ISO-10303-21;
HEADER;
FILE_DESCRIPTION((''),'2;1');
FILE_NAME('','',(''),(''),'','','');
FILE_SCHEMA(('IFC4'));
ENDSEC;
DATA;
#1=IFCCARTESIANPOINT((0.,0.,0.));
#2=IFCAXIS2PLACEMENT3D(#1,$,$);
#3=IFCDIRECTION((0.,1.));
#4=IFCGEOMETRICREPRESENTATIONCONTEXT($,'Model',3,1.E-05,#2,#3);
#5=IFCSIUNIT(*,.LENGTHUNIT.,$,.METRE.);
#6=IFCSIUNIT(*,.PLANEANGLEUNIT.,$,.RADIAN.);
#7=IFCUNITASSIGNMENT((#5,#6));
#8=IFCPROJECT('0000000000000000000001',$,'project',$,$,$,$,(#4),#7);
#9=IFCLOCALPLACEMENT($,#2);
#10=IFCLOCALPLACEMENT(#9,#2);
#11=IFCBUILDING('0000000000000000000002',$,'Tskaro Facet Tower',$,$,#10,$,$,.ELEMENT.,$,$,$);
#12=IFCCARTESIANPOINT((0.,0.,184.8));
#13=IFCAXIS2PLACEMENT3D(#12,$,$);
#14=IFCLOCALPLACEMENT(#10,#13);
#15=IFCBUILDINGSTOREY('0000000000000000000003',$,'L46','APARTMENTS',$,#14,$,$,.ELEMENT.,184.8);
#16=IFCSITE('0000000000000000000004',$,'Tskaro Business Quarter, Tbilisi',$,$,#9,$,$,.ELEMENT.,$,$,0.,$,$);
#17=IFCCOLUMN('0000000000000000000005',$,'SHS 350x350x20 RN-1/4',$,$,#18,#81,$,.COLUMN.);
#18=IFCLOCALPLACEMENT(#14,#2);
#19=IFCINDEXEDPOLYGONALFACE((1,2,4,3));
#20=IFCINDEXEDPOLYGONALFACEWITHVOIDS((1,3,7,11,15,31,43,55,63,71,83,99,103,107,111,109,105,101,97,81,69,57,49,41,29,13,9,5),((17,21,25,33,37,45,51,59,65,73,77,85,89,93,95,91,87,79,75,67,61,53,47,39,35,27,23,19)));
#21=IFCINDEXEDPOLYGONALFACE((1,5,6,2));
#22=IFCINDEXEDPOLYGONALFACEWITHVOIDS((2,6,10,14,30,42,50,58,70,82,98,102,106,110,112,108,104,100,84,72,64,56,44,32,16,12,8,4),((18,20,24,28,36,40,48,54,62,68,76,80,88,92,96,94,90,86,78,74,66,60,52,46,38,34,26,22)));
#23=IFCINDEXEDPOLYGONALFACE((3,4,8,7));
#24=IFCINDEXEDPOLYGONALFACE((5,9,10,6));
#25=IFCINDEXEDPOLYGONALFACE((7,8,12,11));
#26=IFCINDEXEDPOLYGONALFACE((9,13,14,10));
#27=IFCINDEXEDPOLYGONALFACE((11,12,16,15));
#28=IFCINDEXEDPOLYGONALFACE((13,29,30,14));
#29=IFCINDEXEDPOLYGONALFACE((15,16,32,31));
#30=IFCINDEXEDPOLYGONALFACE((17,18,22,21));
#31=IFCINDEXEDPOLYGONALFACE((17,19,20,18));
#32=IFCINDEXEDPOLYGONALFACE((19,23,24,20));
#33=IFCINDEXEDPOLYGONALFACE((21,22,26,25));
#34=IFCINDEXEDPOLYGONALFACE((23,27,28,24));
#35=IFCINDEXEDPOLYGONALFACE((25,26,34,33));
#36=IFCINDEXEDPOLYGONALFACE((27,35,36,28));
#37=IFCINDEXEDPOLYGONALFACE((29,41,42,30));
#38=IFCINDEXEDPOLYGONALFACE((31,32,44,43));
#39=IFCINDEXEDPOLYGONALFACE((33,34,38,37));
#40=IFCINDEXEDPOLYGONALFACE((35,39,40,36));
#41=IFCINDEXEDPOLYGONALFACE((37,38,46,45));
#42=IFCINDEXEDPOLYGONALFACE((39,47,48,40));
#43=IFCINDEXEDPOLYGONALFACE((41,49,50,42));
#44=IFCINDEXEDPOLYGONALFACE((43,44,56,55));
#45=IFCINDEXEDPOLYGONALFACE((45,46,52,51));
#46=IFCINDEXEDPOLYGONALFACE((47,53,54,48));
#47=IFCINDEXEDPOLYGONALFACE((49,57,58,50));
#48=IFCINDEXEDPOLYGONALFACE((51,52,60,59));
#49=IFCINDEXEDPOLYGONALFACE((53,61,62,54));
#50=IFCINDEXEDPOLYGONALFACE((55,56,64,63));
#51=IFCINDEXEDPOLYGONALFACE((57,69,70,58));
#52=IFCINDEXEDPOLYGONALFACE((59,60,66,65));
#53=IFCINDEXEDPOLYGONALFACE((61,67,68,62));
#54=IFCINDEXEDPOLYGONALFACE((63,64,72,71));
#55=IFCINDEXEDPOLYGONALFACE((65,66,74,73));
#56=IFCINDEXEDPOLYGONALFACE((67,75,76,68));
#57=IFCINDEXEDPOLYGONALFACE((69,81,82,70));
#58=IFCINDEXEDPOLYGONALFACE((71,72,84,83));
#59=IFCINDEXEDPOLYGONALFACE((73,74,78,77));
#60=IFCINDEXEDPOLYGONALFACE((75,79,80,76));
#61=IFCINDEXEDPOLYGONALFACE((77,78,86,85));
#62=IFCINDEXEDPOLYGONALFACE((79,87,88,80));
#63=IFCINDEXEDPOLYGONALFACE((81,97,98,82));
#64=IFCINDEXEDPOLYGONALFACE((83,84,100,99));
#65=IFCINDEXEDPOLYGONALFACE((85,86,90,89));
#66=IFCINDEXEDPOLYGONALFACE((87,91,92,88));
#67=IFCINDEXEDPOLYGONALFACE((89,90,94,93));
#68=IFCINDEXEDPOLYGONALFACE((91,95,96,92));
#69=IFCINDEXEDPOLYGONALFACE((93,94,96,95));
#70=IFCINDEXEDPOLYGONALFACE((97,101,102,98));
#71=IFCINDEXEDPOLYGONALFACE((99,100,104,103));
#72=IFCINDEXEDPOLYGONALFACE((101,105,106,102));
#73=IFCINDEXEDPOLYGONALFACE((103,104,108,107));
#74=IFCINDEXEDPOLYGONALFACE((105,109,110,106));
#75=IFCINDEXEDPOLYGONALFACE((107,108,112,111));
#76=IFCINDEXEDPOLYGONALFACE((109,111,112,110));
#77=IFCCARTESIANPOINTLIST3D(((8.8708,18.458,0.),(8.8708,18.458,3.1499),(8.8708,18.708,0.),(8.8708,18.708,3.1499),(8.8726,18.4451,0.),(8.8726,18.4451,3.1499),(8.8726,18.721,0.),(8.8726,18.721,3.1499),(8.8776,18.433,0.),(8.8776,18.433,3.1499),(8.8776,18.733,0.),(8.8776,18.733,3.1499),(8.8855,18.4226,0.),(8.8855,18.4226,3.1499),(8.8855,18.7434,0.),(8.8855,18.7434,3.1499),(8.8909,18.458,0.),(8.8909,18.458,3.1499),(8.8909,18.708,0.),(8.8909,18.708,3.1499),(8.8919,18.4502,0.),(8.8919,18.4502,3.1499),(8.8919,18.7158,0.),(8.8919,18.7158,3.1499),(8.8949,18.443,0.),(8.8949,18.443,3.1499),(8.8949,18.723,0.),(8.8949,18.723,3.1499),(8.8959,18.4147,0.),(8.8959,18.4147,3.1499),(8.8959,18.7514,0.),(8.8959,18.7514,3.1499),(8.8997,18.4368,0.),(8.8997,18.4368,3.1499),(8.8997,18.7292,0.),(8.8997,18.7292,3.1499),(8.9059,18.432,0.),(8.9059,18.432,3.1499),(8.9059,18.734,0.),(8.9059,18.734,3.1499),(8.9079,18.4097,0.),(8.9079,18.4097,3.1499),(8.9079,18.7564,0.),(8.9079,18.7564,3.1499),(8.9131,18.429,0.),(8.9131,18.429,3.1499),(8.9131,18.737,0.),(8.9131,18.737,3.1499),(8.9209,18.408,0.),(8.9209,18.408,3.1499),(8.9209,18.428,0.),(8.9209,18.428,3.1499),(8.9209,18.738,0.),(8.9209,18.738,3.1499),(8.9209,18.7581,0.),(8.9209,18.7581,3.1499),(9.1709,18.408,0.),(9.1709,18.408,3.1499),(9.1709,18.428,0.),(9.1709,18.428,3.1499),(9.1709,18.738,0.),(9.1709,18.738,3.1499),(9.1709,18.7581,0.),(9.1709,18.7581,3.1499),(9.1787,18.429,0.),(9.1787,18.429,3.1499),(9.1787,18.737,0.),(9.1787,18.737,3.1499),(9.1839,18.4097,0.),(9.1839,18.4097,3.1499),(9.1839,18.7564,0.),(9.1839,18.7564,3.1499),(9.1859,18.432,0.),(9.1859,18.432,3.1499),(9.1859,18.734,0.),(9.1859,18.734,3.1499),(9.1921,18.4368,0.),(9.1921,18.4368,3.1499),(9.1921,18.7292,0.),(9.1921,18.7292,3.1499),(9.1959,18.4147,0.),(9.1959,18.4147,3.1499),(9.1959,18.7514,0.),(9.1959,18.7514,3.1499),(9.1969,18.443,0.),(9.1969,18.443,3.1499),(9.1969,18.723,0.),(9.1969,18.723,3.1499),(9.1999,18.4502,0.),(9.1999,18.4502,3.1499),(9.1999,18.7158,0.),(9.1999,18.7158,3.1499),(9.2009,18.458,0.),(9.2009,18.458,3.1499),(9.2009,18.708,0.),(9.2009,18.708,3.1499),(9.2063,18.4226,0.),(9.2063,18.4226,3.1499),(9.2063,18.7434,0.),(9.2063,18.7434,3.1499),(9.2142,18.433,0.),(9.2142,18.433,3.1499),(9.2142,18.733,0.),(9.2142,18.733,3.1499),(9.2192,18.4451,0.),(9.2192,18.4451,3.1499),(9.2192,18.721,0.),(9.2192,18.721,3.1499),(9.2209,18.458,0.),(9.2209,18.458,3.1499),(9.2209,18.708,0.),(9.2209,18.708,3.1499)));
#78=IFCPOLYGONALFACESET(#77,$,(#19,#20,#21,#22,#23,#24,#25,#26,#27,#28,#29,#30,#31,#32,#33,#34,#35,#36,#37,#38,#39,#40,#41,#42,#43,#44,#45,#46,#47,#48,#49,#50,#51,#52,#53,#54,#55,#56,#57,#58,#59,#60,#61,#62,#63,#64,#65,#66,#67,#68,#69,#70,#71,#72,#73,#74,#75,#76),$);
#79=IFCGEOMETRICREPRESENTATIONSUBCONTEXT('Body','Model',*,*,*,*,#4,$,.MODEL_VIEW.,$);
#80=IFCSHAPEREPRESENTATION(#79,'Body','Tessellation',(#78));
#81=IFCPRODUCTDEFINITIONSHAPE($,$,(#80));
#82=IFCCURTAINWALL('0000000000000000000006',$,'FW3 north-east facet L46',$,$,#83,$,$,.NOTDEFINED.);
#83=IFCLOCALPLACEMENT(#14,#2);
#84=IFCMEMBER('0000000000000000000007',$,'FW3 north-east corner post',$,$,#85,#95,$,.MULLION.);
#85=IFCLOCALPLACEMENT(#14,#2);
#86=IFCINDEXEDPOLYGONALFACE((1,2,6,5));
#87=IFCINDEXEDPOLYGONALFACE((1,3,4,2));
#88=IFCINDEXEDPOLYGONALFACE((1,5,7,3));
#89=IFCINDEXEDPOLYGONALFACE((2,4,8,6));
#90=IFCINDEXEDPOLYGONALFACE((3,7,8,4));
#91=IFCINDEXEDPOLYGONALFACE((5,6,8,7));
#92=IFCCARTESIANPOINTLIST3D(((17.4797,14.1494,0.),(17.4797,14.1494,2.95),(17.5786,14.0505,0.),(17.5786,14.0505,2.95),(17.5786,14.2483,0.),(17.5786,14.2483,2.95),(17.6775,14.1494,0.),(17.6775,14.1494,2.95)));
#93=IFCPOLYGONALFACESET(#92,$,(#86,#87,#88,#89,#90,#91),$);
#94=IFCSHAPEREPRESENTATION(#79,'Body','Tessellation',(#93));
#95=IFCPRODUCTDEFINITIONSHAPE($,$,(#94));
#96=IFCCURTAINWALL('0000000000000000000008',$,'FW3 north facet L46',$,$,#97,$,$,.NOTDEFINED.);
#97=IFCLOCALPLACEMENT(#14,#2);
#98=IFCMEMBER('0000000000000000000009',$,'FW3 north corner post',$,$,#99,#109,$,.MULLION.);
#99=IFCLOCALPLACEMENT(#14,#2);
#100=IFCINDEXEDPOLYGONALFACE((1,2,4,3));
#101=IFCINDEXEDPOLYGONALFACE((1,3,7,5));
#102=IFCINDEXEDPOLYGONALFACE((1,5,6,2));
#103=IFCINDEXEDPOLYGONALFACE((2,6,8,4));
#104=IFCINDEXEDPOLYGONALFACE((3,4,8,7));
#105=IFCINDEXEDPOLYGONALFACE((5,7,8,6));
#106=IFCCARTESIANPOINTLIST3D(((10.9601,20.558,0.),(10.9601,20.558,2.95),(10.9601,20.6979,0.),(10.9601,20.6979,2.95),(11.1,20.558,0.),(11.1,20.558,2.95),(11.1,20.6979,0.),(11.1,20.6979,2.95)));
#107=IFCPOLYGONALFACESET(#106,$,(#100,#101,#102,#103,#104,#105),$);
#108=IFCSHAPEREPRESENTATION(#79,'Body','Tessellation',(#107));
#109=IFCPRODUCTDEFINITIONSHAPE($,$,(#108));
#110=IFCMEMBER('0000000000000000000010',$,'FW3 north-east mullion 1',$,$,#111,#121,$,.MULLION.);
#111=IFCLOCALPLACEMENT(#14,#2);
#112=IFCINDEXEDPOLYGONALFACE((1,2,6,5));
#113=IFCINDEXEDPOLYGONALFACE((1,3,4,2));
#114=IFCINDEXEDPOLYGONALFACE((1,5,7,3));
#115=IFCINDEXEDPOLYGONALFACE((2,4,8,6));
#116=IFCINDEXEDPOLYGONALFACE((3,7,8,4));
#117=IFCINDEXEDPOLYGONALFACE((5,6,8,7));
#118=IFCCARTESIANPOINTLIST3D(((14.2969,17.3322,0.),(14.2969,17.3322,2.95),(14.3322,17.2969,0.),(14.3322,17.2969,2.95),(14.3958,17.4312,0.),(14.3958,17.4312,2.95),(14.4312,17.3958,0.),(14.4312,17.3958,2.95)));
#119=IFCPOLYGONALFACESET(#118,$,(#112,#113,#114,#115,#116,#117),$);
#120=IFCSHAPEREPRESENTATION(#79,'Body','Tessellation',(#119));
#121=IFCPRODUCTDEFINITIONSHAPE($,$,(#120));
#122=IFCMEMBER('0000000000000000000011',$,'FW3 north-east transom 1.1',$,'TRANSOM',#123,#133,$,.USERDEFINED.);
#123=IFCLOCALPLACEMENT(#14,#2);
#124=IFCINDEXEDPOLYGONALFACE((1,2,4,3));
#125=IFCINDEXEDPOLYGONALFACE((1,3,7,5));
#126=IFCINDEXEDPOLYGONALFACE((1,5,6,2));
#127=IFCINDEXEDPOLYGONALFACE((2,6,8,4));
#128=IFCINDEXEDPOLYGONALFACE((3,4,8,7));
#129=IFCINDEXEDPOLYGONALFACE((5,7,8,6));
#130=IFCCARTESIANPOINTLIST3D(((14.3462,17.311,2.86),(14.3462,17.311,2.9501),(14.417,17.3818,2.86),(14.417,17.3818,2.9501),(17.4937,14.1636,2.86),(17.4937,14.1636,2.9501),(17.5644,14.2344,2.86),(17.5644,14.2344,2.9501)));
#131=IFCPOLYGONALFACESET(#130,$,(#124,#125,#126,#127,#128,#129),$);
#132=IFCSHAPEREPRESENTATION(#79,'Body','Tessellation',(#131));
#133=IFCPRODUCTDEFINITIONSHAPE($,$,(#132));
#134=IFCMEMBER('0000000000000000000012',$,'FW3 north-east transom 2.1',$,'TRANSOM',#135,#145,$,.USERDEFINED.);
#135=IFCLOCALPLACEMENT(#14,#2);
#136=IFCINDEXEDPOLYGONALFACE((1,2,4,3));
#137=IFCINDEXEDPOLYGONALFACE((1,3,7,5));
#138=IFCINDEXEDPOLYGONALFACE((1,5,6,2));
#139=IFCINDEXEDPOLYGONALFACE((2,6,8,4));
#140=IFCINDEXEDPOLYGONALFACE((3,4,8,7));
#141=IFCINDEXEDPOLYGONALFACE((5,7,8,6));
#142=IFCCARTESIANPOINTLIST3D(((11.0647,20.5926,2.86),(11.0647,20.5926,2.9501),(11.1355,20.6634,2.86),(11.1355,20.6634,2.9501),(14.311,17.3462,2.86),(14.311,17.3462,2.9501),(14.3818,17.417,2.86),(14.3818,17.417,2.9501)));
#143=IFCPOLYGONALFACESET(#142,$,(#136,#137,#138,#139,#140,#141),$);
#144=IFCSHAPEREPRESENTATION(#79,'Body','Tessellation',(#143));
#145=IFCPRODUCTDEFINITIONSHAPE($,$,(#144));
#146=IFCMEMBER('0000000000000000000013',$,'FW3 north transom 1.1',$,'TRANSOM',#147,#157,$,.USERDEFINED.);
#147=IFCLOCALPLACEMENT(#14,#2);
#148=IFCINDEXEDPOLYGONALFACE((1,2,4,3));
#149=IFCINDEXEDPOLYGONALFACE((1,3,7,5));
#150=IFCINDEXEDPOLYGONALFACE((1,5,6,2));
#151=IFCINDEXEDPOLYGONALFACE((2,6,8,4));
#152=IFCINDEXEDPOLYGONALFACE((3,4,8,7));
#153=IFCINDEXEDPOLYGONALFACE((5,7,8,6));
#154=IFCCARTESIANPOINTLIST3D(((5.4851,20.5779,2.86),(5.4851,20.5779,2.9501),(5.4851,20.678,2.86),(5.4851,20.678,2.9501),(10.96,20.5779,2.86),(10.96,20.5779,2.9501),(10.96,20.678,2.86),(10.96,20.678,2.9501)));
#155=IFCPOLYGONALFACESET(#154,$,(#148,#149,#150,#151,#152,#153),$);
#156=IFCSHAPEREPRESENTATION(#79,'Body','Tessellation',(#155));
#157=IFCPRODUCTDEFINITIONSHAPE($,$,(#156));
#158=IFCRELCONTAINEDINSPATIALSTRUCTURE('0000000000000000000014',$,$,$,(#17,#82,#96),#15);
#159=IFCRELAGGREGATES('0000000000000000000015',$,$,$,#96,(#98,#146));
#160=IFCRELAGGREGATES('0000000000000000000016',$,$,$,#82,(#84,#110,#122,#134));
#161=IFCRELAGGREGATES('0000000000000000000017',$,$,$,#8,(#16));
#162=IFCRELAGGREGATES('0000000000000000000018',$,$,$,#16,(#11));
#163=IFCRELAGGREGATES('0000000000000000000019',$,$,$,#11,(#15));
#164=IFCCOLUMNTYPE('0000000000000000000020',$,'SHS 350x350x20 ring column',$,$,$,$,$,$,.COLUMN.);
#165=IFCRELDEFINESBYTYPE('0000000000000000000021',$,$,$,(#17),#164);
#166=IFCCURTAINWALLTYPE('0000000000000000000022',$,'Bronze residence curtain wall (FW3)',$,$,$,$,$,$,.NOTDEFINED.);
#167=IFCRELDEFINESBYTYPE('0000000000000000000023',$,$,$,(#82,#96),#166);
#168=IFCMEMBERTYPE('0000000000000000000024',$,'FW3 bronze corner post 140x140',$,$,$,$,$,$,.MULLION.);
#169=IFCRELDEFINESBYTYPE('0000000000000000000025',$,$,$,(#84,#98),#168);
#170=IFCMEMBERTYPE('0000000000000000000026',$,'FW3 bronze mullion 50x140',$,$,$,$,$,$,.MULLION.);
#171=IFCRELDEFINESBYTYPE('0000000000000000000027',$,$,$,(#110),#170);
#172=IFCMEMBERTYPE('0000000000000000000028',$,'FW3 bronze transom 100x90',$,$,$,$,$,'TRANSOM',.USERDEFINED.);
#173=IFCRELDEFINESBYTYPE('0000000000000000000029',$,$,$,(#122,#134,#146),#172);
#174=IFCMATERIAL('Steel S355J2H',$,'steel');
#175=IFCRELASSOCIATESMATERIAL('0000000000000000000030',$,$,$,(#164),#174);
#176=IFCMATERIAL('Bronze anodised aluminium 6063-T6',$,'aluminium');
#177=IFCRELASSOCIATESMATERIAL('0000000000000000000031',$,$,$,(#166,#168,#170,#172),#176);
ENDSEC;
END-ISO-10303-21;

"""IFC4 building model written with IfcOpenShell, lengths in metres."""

from ifc_helpers import new_model, si_unit, direction, frame, origin, origin_2d, place, context, subcontext, project, spatial, rectangle, hollow_rectangle, extrude, material, material_profile, profile_set, type_object, element, aggregate, save


model = new_model("IFC4")

# Units and contexts
model_context = context("Model", 3, precision=1e-05, world=origin(), true_north=direction((0.0, 1.0)))
body_context = subcontext(model_context, "Body", "Model", "MODEL_VIEW")
ifc_project = project(units=[si_unit("LENGTHUNIT", "METRE"), si_unit("PLANEANGLEUNIT", "RADIAN")], contexts=[model_context])

# Site, building, storey
site_placement = place(None, origin())
site = spatial("IfcSite", under=ifc_project, at=site_placement, Name="Tskaro Business Quarter, Tbilisi", CompositionType="ELEMENT", RefElevation=0.0)
building_placement = place(site_placement, origin())
building = spatial("IfcBuilding", under=site, at=building_placement, Name="Tskaro Facet Tower", CompositionType="ELEMENT")
storey_placement = place(building_placement, frame((0.0, 0.0, 184.8)))
storey = spatial("IfcBuildingStorey", under=building, at=storey_placement, Name="L46", Description="APARTMENTS", CompositionType="ELEMENT", Elevation=184.8)

# Column
ifc_material_1 = material(Name="Steel S355J2H", Category="steel")
ifc_material_profile_1 = material_profile(ifc_material_1, hollow_rectangle(XDim=0.3501, YDim=0.3501, WallThickness=0.02, InnerFilletRadius=0.03, OuterFilletRadius=0.05, at=origin_2d()), Name="SHS 350x350x20")
ifc_profile_set_1 = profile_set([ifc_material_profile_1], Name="Steel S355J2H")
column_type_1 = type_object("IfcColumnType", Name="SHS 350x350x20 ring column", PredefinedType="COLUMN", material=ifc_profile_set_1)
for number, where, z_axis, x_axis, name in (
    (1, (9.0459, 18.583, 0.0), (0.0, 0.0, 1.0), (1.0, 0.0, 0.0), "SHS 350x350x20 RN-1/4"),
):
    element("IfcColumn", number, at=place(storey_placement, frame(where, z_axis=z_axis, x_axis=x_axis)), inside=storey, type_object=column_type_1, Name=name, PredefinedType="COLUMN", context=body_context, shape_type="SweptSolid", body=[
        extrude(hollow_rectangle(XDim=0.3501, YDim=0.3501, WallThickness=0.02, InnerFilletRadius=0.03, OuterFilletRadius=0.05, at=origin_2d()), origin(), (0.0, 0.0, 1.0), 3.1499),
    ])

# Curtain walls, members
ifc_material_2 = material(Name="Bronze anodised aluminium 6063-T6", Category="aluminium")
curtain_wall_type = type_object("IfcCurtainWallType", Name="Bronze residence curtain wall (FW3)", PredefinedType="NOTDEFINED", material=ifc_material_2)
curtain_wall_1_placement = place(storey_placement, origin())
curtain_wall_1 = element("IfcCurtainWall", 2, at=curtain_wall_1_placement, inside=storey, type_object=curtain_wall_type, Name="FW3 north-east facet L46", PredefinedType="NOTDEFINED")
ifc_material_profile_2 = material_profile(ifc_material_2, rectangle(XDim=0.1399, YDim=0.1399, at=origin_2d()), Name="Corner post 140x140")
ifc_profile_set_2 = profile_set([ifc_material_profile_2], Name="Bronze anodised aluminium 6063-T6")
member_type_1 = type_object("IfcMemberType", Name="FW3 bronze corner post 140x140", PredefinedType="MULLION", material=ifc_profile_set_2)
member_1_placement = place(storey_placement, frame((17.5786, 14.1494, 0.0), z_axis=(0.0, 0.0, 1.0), x_axis=(-0.707107, 0.707107, 0.0)))
member_1 = element("IfcMember", 3, at=member_1_placement, type_object=member_type_1, Name="FW3 north-east corner post", PredefinedType="MULLION", context=body_context, shape_type="SweptSolid", body=[
    extrude(rectangle(XDim=0.1399, YDim=0.1399, at=origin_2d()), origin(), (0.0, 0.0, 1.0), 2.95),
])
curtain_wall_2_placement = place(storey_placement, origin())
curtain_wall_2 = element("IfcCurtainWall", 4, at=curtain_wall_2_placement, inside=storey, type_object=curtain_wall_type, Name="FW3 north facet L46", PredefinedType="NOTDEFINED")
member_2_placement = place(storey_placement, frame((11.03, 20.6279, 0.0), z_axis=(0.0, 0.0, 1.0), x_axis=(-1.0, 0.0, 0.0)))
member_2 = element("IfcMember", 5, at=member_2_placement, type_object=member_type_1, Name="FW3 north corner post", PredefinedType="MULLION", context=body_context, shape_type="SweptSolid", body=[
    extrude(rectangle(XDim=0.1399, YDim=0.1399, at=origin_2d()), origin(), (0.0, 0.0, 1.0), 2.95),
])

# Members
ifc_material_profile_3 = material_profile(ifc_material_2, rectangle(XDim=0.05, YDim=0.1399, at=origin_2d()), Name="Mullion 50x140")
ifc_profile_set_3 = profile_set([ifc_material_profile_3], Name="Bronze anodised aluminium 6063-T6")
member_type_2 = type_object("IfcMemberType", Name="FW3 bronze mullion 50x140", PredefinedType="MULLION", material=ifc_profile_set_3)
member_3_placement = place(storey_placement, frame((14.364, 17.364, 0.0), z_axis=(0.0, 0.0, 1.0), x_axis=(-0.707107, 0.707107, 0.0)))
member_3 = element("IfcMember", 6, at=member_3_placement, type_object=member_type_2, Name="FW3 north-east mullion 1", PredefinedType="MULLION", context=body_context, shape_type="SweptSolid", body=[
    extrude(rectangle(XDim=0.05, YDim=0.1399, at=origin_2d()), origin(), (0.0, 0.0, 1.0), 2.95),
])
ifc_material_profile_4 = material_profile(ifc_material_2, rectangle(XDim=0.1001, YDim=0.0901, at=origin_2d()), Name="Transom 100x90")
ifc_profile_set_4 = profile_set([ifc_material_profile_4], Name="Bronze anodised aluminium 6063-T6")
member_type_3 = type_object("IfcMemberType", Name="FW3 bronze transom 100x90", ElementType="TRANSOM", PredefinedType="USERDEFINED", material=ifc_profile_set_4)
member_4_placement = place(storey_placement, frame((17.5291, 14.199, 2.905), z_axis=(-0.707107, 0.707107, 0.0), x_axis=(-0.707107, -0.707107, 0.0)))
member_4 = element("IfcMember", 7, at=member_4_placement, type_object=member_type_3, Name="FW3 north-east transom 1.1", ObjectType="TRANSOM", PredefinedType="USERDEFINED", context=body_context, shape_type="SweptSolid", body=[
    extrude(rectangle(XDim=0.1001, YDim=0.0901, at=origin_2d()), origin(), (0.0, 0.0, 1.0), 4.4512),
])
member_5_placement = place(storey_placement, frame((14.3464, 17.3816, 2.905), z_axis=(-0.707107, 0.707107, 0.0), x_axis=(-0.707107, -0.707107, 0.0)))
member_5 = element("IfcMember", 8, at=member_5_placement, type_object=member_type_3, Name="FW3 north-east transom 2.1", ObjectType="TRANSOM", PredefinedType="USERDEFINED", context=body_context, shape_type="SweptSolid", body=[
    extrude(rectangle(XDim=0.1001, YDim=0.0901, at=origin_2d()), origin(), (0.0, 0.0, 1.0), 4.5911),
])
member_6_placement = place(storey_placement, frame((10.96, 20.6279, 2.905), z_axis=(-1.0, 0.0, 0.0), x_axis=(0.0, -1.0, 0.0)))
member_6 = element("IfcMember", 9, at=member_6_placement, type_object=member_type_3, Name="FW3 north transom 1.1", ObjectType="TRANSOM", PredefinedType="USERDEFINED", context=body_context, shape_type="SweptSolid", body=[
    extrude(rectangle(XDim=0.1001, YDim=0.0901, at=origin_2d()), origin(), (0.0, 0.0, 1.0), 5.4749),
])
aggregate(curtain_wall_2, [member_2, member_6])

aggregate(curtain_wall_1, [member_1, member_3, member_4, member_5])

save(model, "model.ifc")
